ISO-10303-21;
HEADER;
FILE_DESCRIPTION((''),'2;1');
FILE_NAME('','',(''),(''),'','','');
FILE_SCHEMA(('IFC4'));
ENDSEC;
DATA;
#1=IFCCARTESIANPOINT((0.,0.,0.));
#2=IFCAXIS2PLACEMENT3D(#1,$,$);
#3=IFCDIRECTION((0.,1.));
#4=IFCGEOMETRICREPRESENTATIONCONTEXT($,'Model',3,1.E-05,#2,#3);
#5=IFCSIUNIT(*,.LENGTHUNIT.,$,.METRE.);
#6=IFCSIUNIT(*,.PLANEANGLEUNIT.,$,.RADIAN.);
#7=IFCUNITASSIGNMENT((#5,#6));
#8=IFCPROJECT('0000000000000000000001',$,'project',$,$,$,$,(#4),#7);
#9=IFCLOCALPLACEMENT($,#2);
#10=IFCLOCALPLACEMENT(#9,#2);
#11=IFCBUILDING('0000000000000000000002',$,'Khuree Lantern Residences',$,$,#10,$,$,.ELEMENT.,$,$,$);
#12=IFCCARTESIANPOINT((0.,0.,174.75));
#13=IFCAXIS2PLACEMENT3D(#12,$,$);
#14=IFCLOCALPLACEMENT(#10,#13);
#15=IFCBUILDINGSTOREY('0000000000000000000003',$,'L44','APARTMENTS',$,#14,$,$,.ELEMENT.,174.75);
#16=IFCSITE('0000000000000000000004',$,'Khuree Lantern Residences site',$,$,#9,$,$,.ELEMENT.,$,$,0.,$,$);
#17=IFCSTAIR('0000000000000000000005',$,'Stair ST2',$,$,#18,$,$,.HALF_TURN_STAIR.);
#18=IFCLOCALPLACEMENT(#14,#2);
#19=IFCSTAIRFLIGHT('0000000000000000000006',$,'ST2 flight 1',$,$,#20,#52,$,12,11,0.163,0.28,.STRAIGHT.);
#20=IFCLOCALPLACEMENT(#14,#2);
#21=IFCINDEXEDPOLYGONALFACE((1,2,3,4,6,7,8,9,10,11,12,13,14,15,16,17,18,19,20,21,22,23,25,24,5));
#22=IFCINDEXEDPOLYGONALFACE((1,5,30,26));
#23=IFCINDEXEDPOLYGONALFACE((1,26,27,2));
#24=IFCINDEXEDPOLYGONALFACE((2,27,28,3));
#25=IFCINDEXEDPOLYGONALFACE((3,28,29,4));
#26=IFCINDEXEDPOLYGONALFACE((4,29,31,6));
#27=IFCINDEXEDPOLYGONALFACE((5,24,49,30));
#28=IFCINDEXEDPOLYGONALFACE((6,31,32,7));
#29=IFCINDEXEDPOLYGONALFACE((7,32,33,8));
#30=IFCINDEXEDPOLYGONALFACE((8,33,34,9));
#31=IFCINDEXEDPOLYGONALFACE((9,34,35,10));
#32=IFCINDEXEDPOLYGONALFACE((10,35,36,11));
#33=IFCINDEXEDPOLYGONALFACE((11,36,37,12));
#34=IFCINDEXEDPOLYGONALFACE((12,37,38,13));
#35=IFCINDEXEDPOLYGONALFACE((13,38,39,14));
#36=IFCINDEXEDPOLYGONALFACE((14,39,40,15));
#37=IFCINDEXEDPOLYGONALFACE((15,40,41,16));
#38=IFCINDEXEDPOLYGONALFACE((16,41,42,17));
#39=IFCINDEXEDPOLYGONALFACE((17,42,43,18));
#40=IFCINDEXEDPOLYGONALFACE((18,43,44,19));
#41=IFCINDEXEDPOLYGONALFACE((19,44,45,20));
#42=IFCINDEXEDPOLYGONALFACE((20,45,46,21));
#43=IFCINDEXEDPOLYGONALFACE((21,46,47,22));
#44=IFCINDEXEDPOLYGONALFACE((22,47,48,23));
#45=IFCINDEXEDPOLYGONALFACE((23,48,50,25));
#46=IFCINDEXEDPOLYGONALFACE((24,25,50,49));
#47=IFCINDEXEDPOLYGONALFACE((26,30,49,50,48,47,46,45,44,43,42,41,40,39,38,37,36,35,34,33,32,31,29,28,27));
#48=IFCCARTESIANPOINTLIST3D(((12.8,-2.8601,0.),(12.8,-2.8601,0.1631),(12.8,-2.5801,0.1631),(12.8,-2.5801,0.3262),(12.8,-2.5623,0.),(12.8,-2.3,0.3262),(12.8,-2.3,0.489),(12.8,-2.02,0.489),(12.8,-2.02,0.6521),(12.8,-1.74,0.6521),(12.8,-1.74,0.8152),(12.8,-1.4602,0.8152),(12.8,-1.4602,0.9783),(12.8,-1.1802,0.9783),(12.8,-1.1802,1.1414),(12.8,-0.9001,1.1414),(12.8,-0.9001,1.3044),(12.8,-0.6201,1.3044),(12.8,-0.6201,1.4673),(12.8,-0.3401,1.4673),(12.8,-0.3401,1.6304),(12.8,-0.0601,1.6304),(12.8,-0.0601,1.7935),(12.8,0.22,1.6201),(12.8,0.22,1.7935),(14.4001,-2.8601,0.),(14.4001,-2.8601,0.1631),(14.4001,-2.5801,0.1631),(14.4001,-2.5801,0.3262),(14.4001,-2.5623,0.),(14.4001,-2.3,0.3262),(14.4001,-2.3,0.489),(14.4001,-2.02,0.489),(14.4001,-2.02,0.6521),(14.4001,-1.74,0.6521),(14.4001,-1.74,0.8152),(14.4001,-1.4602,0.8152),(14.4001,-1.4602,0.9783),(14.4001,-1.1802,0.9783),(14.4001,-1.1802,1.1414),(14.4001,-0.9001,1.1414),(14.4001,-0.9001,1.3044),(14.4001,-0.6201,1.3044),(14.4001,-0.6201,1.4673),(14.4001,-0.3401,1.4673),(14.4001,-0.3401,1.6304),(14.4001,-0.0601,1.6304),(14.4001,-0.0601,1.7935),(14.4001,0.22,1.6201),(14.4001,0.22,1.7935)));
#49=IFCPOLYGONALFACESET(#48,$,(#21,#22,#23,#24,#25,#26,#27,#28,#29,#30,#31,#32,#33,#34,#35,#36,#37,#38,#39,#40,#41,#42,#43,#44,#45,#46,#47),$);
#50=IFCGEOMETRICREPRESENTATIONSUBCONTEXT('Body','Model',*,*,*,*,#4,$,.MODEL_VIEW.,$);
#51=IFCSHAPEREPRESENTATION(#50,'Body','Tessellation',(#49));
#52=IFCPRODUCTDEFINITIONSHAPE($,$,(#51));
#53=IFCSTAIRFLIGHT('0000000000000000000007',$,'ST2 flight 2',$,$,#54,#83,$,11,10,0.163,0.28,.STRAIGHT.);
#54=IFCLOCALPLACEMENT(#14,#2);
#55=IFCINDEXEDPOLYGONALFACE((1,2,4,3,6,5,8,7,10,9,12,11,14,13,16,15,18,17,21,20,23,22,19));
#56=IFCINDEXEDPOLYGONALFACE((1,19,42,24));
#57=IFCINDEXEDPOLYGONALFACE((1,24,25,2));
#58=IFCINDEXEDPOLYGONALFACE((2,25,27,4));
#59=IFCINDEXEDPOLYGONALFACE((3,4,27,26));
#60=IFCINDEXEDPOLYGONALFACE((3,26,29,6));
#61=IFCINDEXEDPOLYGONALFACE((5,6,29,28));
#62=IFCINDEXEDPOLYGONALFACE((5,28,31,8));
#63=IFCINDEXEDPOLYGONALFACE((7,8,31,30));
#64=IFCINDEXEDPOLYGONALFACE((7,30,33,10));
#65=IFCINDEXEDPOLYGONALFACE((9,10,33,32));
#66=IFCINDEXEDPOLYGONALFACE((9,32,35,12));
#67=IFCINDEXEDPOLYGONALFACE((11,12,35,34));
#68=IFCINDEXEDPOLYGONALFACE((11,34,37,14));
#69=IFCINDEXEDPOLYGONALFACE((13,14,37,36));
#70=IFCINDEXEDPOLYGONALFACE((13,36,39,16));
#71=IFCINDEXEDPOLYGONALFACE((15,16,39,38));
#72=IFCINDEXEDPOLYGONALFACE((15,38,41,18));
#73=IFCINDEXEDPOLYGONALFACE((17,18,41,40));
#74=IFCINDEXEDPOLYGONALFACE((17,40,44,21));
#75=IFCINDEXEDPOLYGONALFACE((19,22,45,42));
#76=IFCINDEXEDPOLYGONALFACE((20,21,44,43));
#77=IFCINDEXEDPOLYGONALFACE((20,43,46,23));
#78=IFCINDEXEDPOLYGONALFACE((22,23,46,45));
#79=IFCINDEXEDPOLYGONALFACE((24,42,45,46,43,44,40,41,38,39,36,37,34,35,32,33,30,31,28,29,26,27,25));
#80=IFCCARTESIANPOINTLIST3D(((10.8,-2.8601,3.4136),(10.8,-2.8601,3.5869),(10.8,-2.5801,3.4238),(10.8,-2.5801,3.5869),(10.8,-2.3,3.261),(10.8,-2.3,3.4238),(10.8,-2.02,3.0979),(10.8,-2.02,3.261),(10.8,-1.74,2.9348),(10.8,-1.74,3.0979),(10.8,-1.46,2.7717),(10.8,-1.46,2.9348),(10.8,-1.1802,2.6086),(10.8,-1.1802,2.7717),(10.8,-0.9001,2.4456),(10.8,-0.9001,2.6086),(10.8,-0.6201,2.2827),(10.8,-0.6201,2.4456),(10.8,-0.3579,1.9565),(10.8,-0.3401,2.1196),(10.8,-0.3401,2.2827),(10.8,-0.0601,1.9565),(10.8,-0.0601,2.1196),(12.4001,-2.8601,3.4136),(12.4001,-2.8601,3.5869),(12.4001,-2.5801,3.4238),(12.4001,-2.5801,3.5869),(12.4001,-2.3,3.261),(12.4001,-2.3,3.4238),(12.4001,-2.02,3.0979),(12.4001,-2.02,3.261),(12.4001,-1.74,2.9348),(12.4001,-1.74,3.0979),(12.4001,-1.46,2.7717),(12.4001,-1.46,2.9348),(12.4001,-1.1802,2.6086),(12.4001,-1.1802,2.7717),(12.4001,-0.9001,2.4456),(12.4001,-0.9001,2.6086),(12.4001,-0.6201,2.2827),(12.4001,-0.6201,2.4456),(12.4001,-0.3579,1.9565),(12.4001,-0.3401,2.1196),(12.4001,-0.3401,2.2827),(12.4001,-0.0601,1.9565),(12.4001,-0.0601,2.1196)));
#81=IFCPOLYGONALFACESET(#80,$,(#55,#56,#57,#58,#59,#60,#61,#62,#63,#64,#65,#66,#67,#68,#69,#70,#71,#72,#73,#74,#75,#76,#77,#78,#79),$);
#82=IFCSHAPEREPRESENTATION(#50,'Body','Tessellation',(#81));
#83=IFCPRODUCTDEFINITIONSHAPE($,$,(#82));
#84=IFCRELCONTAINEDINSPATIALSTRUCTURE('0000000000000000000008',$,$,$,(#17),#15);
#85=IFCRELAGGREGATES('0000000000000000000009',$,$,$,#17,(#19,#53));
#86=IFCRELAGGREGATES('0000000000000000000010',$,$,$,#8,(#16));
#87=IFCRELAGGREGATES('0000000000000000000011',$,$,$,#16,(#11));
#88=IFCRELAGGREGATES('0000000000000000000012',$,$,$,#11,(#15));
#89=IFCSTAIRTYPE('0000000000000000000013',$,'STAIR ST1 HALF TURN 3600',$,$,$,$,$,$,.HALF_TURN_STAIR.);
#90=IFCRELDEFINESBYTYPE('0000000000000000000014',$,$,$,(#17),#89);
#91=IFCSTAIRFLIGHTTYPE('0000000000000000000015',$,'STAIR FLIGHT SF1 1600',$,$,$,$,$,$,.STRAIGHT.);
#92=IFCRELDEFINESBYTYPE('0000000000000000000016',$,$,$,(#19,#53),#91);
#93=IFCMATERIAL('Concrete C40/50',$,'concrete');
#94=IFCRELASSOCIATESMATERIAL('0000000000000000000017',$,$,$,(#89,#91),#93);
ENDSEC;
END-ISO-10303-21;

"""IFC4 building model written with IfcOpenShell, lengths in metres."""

from ifc_helpers import new_model, si_unit, direction, frame, origin, place, context, subcontext, project, spatial, polyline, outline, extrude, material, type_object, element, aggregate, save


model = new_model("IFC4")

# Units and contexts
model_context = context("Model", 3, precision=1e-05, world=origin(), true_north=direction((0.0, 1.0)))
body_context = subcontext(model_context, "Body", "Model", "MODEL_VIEW")
ifc_project = project(units=[si_unit("LENGTHUNIT", "METRE"), si_unit("PLANEANGLEUNIT", "RADIAN")], contexts=[model_context])

# Site, building, storey
site_placement = place(None, origin())
site = spatial("IfcSite", under=ifc_project, at=site_placement, Name="Khuree Lantern Residences site", CompositionType="ELEMENT", RefElevation=0.0)
building_placement = place(site_placement, origin())
building = spatial("IfcBuilding", under=site, at=building_placement, Name="Khuree Lantern Residences", CompositionType="ELEMENT")
storey_placement = place(building_placement, frame((0.0, 0.0, 174.75)))
storey = spatial("IfcBuildingStorey", under=building, at=storey_placement, Name="L44", Description="APARTMENTS", CompositionType="ELEMENT", Elevation=174.75)

# Stair
ifc_material_1 = material(Name="Concrete C40/50", Category="concrete")
stair_type = type_object("IfcStairType", Name="STAIR ST1 HALF TURN 3600", PredefinedType="HALF_TURN_STAIR", material=ifc_material_1)
stair_1_placement = place(storey_placement, origin())
stair_1 = element("IfcStair", 1, at=stair_1_placement, inside=storey, type_object=stair_type, Name="Stair ST2", PredefinedType="HALF_TURN_STAIR")

# Stair flights
stair_flight_type = type_object("IfcStairFlightType", Name="STAIR FLIGHT SF1 1600", PredefinedType="STRAIGHT", material=ifc_material_1)
stair_flight_1_placement = place(storey_placement, frame((13.6001, -2.8601, 0.0), z_axis=(0.0, 0.0, 1.0), x_axis=(0.0, 1.0, 0.0)))
stair_flight_1 = element("IfcStairFlight", 2, at=stair_flight_1_placement, type_object=stair_flight_type, Name="ST2 flight 1", NumberOfRisers=12, NumberOfTreads=11, PredefinedType="STRAIGHT", RiserHeight=0.163, TreadLength=0.28, context=body_context, shape_type="SweptSolid", body=[
    extrude(outline(polyline([(0.0, 0.0), (0.0, 0.1631), (0.28, 0.1631), (0.28, 0.3262), (0.5601, 0.3262), (0.5601, 0.489), (0.8401, 0.489), (0.8401, 0.6521), (1.1201, 0.6521), (1.1201, 0.8152), (1.3999, 0.8152), (1.3999, 0.9783), (1.6799, 0.9783), (1.6799, 1.1414), (1.96, 1.1414), (1.96, 1.3044), (2.24, 1.3044), (2.24, 1.4673), (2.52, 1.4673), (2.52, 1.6304), (2.8, 1.6304), (2.8, 1.7935), (3.0801, 1.7935), (3.0801, 1.9565), (3.0801, 1.6201), (0.2979, 0.0), (0.0, 0.0)])), frame((0.0, 0.8, 0.0), z_axis=(0.0, -1.0, 0.0), x_axis=(1.0, 0.0, 0.0)), (0.0, 0.0, 1.0), 1.6001),
])
stair_flight_2_placement = place(storey_placement, frame((11.6001, -0.0601, 1.9565), z_axis=(0.0, 0.0, 1.0), x_axis=(0.0, -1.0, 0.0)))
stair_flight_2 = element("IfcStairFlight", 3, at=stair_flight_2_placement, type_object=stair_flight_type, Name="ST2 flight 2", NumberOfRisers=11, NumberOfTreads=10, PredefinedType="STRAIGHT", RiserHeight=0.163, TreadLength=0.28, context=body_context, shape_type="SweptSolid", body=[
    extrude(outline(polyline([(0.0, 0.0), (0.0, 0.1631), (0.28, 0.1631), (0.28, 0.3262), (0.5601, 0.3262), (0.5601, 0.489), (0.8401, 0.489), (0.8401, 0.6521), (1.1201, 0.6521), (1.1201, 0.8152), (1.3999, 0.8152), (1.3999, 0.9783), (1.6799, 0.9783), (1.6799, 1.1414), (1.96, 1.1414), (1.96, 1.3044), (2.24, 1.3044), (2.24, 1.4673), (2.52, 1.4673), (2.52, 1.6304), (2.8, 1.6304), (2.8, 1.7935), (2.8, 1.457), (0.2979, 0.0), (0.0, 0.0)])), frame((0.0, 0.8, 0.0), z_axis=(0.0, -1.0, 0.0), x_axis=(1.0, 0.0, 0.0)), (0.0, 0.0, 1.0), 1.6001),
])
aggregate(stair_1, [stair_flight_1, stair_flight_2])

save(model, "model.ifc")
